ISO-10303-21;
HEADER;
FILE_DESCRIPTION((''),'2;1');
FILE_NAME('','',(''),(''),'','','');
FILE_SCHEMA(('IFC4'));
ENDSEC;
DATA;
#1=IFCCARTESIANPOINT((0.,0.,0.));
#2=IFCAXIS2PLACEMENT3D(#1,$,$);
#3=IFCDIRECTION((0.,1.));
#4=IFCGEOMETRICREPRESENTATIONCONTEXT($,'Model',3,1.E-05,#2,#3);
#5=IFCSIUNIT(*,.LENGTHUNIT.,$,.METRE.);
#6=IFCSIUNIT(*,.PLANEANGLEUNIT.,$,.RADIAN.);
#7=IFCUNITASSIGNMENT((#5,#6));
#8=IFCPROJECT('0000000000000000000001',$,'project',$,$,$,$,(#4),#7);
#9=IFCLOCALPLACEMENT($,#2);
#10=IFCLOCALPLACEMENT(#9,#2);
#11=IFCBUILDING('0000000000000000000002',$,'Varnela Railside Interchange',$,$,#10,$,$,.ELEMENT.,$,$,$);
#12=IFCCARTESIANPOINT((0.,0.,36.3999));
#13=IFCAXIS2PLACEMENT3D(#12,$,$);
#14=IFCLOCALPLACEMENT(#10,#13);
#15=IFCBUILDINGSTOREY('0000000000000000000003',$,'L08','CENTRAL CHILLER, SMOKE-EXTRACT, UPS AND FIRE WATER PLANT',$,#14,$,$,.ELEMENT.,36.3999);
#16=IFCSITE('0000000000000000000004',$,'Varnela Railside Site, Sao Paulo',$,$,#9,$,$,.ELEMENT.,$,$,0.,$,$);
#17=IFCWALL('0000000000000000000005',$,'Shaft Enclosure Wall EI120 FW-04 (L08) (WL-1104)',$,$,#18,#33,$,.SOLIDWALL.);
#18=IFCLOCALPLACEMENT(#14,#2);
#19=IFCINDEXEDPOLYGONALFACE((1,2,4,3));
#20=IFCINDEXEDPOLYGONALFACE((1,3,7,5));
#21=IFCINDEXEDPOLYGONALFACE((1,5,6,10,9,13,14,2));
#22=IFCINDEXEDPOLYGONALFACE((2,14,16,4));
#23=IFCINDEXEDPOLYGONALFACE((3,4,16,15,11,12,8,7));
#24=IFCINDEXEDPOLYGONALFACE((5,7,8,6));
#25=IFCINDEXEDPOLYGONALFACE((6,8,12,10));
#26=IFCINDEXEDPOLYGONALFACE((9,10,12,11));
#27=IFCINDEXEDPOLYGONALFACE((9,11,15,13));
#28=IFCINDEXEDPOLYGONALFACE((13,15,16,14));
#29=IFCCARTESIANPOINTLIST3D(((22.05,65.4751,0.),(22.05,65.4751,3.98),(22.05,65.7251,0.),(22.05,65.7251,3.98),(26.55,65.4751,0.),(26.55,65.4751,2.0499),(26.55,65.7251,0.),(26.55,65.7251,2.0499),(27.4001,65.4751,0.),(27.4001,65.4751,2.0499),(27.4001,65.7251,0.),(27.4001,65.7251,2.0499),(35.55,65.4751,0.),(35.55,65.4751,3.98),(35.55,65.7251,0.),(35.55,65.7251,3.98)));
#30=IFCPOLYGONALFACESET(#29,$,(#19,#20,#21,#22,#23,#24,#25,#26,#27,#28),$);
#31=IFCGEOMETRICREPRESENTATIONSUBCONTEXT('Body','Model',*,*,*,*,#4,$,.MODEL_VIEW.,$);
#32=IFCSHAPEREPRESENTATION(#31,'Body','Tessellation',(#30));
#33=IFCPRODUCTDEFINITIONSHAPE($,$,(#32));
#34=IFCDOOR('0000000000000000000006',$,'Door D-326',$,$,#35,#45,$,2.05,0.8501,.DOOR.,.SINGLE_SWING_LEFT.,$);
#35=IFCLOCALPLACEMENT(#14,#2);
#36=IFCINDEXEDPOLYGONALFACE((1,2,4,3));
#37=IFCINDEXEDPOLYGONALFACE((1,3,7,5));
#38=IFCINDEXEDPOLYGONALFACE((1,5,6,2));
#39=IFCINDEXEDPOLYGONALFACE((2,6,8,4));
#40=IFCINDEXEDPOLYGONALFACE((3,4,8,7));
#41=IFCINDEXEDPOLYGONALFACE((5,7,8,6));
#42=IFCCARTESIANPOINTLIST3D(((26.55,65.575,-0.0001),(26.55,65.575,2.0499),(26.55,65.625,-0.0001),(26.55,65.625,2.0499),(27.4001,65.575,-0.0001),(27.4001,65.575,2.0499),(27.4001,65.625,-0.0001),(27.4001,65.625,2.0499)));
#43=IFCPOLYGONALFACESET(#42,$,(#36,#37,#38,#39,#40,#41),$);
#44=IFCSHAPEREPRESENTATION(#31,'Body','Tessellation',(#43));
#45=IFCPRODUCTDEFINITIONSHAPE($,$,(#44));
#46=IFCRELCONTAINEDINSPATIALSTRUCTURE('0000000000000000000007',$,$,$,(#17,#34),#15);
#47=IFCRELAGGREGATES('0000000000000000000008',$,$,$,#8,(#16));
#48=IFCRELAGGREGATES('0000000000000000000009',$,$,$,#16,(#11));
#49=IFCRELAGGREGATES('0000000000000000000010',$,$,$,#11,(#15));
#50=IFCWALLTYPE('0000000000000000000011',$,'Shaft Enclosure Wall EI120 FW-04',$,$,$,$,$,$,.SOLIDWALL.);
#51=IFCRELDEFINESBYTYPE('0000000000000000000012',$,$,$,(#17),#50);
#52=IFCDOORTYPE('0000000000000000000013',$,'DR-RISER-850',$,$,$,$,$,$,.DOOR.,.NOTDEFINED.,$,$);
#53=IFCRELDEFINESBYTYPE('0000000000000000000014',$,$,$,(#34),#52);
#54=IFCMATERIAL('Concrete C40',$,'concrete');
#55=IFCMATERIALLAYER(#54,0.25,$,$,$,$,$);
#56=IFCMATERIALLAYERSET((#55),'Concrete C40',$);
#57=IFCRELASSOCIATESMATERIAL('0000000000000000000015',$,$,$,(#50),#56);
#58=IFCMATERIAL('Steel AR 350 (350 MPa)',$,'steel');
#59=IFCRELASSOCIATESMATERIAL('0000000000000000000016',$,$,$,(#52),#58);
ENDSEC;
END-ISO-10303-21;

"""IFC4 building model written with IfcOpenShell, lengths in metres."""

from ifc_helpers import new_model, si_unit, direction, frame, frame_2d, origin, place, context, subcontext, project, spatial, rectangle, extrude, material, layer, layer_set, type_object, element, fill, save


model = new_model("IFC4")

# Units and contexts
model_context = context("Model", 3, precision=1e-05, world=origin(), true_north=direction((0.0, 1.0)))
body_context = subcontext(model_context, "Body", "Model", "MODEL_VIEW")
ifc_project = project(units=[si_unit("LENGTHUNIT", "METRE"), si_unit("PLANEANGLEUNIT", "RADIAN")], contexts=[model_context])

# Site, building, storey
site_placement = place(None, origin())
site = spatial("IfcSite", under=ifc_project, at=site_placement, Name="Varnela Railside Site, Sao Paulo", CompositionType="ELEMENT", RefElevation=0.0)
building_placement = place(site_placement, origin())
building = spatial("IfcBuilding", under=site, at=building_placement, Name="Varnela Railside Interchange", CompositionType="ELEMENT")
storey_placement = place(building_placement, frame((0.0, 0.0, 36.3999)))
storey = spatial("IfcBuildingStorey", under=building, at=storey_placement, Name="L08", Description="CENTRAL CHILLER, SMOKE-EXTRACT, UPS AND FIRE WATER PLANT", CompositionType="ELEMENT", Elevation=36.3999)

# Shared definitions
ifc_material_1 = material(Name="Steel AR 350 (350 MPa)", Category="steel")

# Shared definitions
ifc_material_2 = material(Name="Concrete C40", Category="concrete")

# Wall, opening, door
ifc_layer_1 = layer(ifc_material_2, 0.25)
ifc_layer_set_1 = layer_set([ifc_layer_1], Name="Concrete C40")
wall_type_1 = type_object("IfcWallType", Name="Shaft Enclosure Wall EI120 FW-04", PredefinedType="SOLIDWALL", material=ifc_layer_set_1)
wall_1_placement = place(storey_placement, frame((22.05, 65.6001, 0.0), z_axis=(0.0, 0.0, 1.0), x_axis=(1.0, 0.0, 0.0)))
wall_1 = element("IfcWall", 1, at=wall_1_placement, inside=storey, type_object=wall_type_1, Name="Shaft Enclosure Wall EI120 FW-04 (L08) (WL-1104)", PredefinedType="SOLIDWALL", context=body_context, shape_type="SweptSolid", body=[
    extrude(rectangle(XDim=13.5, YDim=0.25, at=frame_2d((6.75, 0.0))), origin(), (0.0, 0.0, 1.0), 3.98),
])
opening_1_placement = place(wall_1_placement, frame((4.5, 0.0, 0.0)))
opening_1 = element("IfcOpeningElement", 2, at=opening_1_placement, cuts=wall_1, PredefinedType="OPENING", context=body_context, shape_type="SweptSolid", body=[
    extrude(rectangle(XDim=0.8501, YDim=2.05, at=frame_2d((0.425, 1.0249))), frame((0.0, 0.135, 0.0), z_axis=(0.0, -1.0, 0.0), x_axis=(1.0, 0.0, 0.0)), (0.0, 0.0, 1.0), 0.27),
])
door_type = type_object("IfcDoorType", Name="DR-RISER-850", OperationType="NOTDEFINED", PredefinedType="DOOR", material=ifc_material_1)
door_placement = place(opening_1_placement, origin())
door = element("IfcDoor", 3, at=door_placement, inside=storey, type_object=door_type, Name="Door D-326", OperationType="SINGLE_SWING_LEFT", OverallHeight=2.05, OverallWidth=0.8501, PredefinedType="DOOR", context=body_context, shape_type="SweptSolid", body=[
    extrude(rectangle(XDim=0.8501, YDim=2.05, at=frame_2d((0.425, 1.0249))), frame((0.0, 0.0249, 0.0), z_axis=(0.0, -1.0, 0.0), x_axis=(1.0, 0.0, 0.0)), (0.0, 0.0, 1.0), 0.05),
])
fill(opening_1, door)

save(model, "model.ifc")
